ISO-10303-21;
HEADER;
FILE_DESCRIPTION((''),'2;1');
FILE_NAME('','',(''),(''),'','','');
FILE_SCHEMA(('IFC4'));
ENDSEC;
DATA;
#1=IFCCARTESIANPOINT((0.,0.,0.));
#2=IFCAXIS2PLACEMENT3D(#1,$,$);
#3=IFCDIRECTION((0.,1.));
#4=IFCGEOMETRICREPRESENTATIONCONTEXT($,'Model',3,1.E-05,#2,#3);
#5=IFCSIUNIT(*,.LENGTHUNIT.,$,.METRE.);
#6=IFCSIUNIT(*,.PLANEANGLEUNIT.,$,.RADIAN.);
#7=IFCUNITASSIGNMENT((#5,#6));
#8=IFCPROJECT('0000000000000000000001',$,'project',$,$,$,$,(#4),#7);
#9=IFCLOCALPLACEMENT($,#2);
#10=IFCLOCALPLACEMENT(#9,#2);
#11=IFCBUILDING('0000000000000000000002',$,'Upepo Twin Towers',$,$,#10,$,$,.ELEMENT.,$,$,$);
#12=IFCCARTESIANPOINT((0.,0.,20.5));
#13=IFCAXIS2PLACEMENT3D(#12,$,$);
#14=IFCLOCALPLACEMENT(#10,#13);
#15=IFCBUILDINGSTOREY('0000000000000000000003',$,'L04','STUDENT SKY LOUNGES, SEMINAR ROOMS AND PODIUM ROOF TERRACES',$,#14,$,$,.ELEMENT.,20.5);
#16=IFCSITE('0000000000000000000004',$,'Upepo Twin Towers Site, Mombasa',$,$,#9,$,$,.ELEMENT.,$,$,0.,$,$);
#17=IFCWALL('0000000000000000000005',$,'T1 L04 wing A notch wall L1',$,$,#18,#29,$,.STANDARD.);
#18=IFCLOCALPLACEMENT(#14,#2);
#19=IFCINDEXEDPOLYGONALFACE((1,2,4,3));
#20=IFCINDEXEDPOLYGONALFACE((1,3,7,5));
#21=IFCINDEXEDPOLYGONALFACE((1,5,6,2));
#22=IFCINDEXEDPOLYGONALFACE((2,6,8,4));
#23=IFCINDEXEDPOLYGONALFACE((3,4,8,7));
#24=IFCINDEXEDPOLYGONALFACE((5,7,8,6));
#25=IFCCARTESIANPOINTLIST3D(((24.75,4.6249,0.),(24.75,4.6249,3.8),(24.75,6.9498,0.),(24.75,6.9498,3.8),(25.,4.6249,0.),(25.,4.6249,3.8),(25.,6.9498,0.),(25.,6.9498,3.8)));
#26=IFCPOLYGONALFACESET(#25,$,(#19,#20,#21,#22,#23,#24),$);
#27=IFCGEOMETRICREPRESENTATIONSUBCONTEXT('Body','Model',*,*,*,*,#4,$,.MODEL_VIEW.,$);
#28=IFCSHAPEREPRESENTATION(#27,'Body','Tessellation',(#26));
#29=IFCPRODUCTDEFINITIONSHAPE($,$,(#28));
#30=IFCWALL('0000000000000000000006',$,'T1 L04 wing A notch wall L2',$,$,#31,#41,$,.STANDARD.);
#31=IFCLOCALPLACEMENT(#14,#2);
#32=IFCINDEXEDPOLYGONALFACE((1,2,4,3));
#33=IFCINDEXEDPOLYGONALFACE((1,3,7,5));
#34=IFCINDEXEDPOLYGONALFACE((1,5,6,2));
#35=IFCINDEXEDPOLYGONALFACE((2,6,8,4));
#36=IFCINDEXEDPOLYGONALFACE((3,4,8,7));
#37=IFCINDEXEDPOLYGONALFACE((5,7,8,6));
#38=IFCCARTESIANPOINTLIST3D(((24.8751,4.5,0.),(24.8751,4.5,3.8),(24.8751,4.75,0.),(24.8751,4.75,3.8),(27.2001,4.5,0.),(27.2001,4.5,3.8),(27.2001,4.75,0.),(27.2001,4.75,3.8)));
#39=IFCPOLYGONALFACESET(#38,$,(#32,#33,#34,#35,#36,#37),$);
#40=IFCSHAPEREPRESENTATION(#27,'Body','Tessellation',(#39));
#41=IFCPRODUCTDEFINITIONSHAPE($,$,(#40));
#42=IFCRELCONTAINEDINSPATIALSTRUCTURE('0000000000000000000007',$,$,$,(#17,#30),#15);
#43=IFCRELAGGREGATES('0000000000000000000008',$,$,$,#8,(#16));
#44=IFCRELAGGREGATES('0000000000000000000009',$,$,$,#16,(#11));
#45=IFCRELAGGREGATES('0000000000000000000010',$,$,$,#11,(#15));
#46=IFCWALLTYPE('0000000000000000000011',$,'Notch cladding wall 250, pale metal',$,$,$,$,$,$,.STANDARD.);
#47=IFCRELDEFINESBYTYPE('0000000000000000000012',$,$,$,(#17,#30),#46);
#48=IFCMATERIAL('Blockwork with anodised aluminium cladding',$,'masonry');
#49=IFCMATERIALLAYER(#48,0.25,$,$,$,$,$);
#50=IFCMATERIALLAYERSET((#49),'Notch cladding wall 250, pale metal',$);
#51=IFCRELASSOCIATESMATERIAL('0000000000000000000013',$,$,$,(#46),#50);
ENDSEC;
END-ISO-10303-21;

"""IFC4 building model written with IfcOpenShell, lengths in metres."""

from ifc_helpers import new_model, si_unit, direction, frame, frame_2d, origin, place, context, subcontext, project, spatial, rectangle, extrude, material, layer, layer_set, type_object, element, save


model = new_model("IFC4")

# Units and contexts
model_context = context("Model", 3, precision=1e-05, world=origin(), true_north=direction((0.0, 1.0)))
body_context = subcontext(model_context, "Body", "Model", "MODEL_VIEW")
ifc_project = project(units=[si_unit("LENGTHUNIT", "METRE"), si_unit("PLANEANGLEUNIT", "RADIAN")], contexts=[model_context])

# Site, building, storey
site_placement = place(None, origin())
site = spatial("IfcSite", under=ifc_project, at=site_placement, Name="Upepo Twin Towers Site, Mombasa", CompositionType="ELEMENT", RefElevation=0.0)
building_placement = place(site_placement, origin())
building = spatial("IfcBuilding", under=site, at=building_placement, Name="Upepo Twin Towers", CompositionType="ELEMENT")
storey_placement = place(building_placement, frame((0.0, 0.0, 20.5)))
storey = spatial("IfcBuildingStorey", under=building, at=storey_placement, Name="L04", Description="STUDENT SKY LOUNGES, SEMINAR ROOMS AND PODIUM ROOF TERRACES", CompositionType="ELEMENT", Elevation=20.5)

# Walls
ifc_material_1 = material(Name="Blockwork with anodised aluminium cladding", Category="masonry")
ifc_layer_1 = layer(ifc_material_1, 0.25)
ifc_layer_set_1 = layer_set([ifc_layer_1], Name="Notch cladding wall 250, pale metal")
wall_type_1 = type_object("IfcWallType", Name="Notch cladding wall 250, pale metal", PredefinedType="STANDARD", material=ifc_layer_set_1)
for number, where, z_axis, x_axis, name in (
    (1, (24.875, 6.95, 0.0), (0.0, 0.0, 1.0), (0.0, -1.0, 0.0), "T1 L04 wing A notch wall L1"),
    (2, (24.875, 4.625, 0.0), (0.0, 0.0, 1.0), (1.0, 0.0, 0.0), "T1 L04 wing A notch wall L2"),
):
    element("IfcWall", number, at=place(storey_placement, frame(where, z_axis=z_axis, x_axis=x_axis)), inside=storey, type_object=wall_type_1, Name=name, PredefinedType="STANDARD", context=body_context, shape_type="SweptSolid", body=[
        extrude(rectangle(XDim=2.325, YDim=0.25, at=frame_2d((1.1626, 0.0))), origin(), (0.0, 0.0, 1.0), 3.8),
    ])

save(model, "model.ifc")
